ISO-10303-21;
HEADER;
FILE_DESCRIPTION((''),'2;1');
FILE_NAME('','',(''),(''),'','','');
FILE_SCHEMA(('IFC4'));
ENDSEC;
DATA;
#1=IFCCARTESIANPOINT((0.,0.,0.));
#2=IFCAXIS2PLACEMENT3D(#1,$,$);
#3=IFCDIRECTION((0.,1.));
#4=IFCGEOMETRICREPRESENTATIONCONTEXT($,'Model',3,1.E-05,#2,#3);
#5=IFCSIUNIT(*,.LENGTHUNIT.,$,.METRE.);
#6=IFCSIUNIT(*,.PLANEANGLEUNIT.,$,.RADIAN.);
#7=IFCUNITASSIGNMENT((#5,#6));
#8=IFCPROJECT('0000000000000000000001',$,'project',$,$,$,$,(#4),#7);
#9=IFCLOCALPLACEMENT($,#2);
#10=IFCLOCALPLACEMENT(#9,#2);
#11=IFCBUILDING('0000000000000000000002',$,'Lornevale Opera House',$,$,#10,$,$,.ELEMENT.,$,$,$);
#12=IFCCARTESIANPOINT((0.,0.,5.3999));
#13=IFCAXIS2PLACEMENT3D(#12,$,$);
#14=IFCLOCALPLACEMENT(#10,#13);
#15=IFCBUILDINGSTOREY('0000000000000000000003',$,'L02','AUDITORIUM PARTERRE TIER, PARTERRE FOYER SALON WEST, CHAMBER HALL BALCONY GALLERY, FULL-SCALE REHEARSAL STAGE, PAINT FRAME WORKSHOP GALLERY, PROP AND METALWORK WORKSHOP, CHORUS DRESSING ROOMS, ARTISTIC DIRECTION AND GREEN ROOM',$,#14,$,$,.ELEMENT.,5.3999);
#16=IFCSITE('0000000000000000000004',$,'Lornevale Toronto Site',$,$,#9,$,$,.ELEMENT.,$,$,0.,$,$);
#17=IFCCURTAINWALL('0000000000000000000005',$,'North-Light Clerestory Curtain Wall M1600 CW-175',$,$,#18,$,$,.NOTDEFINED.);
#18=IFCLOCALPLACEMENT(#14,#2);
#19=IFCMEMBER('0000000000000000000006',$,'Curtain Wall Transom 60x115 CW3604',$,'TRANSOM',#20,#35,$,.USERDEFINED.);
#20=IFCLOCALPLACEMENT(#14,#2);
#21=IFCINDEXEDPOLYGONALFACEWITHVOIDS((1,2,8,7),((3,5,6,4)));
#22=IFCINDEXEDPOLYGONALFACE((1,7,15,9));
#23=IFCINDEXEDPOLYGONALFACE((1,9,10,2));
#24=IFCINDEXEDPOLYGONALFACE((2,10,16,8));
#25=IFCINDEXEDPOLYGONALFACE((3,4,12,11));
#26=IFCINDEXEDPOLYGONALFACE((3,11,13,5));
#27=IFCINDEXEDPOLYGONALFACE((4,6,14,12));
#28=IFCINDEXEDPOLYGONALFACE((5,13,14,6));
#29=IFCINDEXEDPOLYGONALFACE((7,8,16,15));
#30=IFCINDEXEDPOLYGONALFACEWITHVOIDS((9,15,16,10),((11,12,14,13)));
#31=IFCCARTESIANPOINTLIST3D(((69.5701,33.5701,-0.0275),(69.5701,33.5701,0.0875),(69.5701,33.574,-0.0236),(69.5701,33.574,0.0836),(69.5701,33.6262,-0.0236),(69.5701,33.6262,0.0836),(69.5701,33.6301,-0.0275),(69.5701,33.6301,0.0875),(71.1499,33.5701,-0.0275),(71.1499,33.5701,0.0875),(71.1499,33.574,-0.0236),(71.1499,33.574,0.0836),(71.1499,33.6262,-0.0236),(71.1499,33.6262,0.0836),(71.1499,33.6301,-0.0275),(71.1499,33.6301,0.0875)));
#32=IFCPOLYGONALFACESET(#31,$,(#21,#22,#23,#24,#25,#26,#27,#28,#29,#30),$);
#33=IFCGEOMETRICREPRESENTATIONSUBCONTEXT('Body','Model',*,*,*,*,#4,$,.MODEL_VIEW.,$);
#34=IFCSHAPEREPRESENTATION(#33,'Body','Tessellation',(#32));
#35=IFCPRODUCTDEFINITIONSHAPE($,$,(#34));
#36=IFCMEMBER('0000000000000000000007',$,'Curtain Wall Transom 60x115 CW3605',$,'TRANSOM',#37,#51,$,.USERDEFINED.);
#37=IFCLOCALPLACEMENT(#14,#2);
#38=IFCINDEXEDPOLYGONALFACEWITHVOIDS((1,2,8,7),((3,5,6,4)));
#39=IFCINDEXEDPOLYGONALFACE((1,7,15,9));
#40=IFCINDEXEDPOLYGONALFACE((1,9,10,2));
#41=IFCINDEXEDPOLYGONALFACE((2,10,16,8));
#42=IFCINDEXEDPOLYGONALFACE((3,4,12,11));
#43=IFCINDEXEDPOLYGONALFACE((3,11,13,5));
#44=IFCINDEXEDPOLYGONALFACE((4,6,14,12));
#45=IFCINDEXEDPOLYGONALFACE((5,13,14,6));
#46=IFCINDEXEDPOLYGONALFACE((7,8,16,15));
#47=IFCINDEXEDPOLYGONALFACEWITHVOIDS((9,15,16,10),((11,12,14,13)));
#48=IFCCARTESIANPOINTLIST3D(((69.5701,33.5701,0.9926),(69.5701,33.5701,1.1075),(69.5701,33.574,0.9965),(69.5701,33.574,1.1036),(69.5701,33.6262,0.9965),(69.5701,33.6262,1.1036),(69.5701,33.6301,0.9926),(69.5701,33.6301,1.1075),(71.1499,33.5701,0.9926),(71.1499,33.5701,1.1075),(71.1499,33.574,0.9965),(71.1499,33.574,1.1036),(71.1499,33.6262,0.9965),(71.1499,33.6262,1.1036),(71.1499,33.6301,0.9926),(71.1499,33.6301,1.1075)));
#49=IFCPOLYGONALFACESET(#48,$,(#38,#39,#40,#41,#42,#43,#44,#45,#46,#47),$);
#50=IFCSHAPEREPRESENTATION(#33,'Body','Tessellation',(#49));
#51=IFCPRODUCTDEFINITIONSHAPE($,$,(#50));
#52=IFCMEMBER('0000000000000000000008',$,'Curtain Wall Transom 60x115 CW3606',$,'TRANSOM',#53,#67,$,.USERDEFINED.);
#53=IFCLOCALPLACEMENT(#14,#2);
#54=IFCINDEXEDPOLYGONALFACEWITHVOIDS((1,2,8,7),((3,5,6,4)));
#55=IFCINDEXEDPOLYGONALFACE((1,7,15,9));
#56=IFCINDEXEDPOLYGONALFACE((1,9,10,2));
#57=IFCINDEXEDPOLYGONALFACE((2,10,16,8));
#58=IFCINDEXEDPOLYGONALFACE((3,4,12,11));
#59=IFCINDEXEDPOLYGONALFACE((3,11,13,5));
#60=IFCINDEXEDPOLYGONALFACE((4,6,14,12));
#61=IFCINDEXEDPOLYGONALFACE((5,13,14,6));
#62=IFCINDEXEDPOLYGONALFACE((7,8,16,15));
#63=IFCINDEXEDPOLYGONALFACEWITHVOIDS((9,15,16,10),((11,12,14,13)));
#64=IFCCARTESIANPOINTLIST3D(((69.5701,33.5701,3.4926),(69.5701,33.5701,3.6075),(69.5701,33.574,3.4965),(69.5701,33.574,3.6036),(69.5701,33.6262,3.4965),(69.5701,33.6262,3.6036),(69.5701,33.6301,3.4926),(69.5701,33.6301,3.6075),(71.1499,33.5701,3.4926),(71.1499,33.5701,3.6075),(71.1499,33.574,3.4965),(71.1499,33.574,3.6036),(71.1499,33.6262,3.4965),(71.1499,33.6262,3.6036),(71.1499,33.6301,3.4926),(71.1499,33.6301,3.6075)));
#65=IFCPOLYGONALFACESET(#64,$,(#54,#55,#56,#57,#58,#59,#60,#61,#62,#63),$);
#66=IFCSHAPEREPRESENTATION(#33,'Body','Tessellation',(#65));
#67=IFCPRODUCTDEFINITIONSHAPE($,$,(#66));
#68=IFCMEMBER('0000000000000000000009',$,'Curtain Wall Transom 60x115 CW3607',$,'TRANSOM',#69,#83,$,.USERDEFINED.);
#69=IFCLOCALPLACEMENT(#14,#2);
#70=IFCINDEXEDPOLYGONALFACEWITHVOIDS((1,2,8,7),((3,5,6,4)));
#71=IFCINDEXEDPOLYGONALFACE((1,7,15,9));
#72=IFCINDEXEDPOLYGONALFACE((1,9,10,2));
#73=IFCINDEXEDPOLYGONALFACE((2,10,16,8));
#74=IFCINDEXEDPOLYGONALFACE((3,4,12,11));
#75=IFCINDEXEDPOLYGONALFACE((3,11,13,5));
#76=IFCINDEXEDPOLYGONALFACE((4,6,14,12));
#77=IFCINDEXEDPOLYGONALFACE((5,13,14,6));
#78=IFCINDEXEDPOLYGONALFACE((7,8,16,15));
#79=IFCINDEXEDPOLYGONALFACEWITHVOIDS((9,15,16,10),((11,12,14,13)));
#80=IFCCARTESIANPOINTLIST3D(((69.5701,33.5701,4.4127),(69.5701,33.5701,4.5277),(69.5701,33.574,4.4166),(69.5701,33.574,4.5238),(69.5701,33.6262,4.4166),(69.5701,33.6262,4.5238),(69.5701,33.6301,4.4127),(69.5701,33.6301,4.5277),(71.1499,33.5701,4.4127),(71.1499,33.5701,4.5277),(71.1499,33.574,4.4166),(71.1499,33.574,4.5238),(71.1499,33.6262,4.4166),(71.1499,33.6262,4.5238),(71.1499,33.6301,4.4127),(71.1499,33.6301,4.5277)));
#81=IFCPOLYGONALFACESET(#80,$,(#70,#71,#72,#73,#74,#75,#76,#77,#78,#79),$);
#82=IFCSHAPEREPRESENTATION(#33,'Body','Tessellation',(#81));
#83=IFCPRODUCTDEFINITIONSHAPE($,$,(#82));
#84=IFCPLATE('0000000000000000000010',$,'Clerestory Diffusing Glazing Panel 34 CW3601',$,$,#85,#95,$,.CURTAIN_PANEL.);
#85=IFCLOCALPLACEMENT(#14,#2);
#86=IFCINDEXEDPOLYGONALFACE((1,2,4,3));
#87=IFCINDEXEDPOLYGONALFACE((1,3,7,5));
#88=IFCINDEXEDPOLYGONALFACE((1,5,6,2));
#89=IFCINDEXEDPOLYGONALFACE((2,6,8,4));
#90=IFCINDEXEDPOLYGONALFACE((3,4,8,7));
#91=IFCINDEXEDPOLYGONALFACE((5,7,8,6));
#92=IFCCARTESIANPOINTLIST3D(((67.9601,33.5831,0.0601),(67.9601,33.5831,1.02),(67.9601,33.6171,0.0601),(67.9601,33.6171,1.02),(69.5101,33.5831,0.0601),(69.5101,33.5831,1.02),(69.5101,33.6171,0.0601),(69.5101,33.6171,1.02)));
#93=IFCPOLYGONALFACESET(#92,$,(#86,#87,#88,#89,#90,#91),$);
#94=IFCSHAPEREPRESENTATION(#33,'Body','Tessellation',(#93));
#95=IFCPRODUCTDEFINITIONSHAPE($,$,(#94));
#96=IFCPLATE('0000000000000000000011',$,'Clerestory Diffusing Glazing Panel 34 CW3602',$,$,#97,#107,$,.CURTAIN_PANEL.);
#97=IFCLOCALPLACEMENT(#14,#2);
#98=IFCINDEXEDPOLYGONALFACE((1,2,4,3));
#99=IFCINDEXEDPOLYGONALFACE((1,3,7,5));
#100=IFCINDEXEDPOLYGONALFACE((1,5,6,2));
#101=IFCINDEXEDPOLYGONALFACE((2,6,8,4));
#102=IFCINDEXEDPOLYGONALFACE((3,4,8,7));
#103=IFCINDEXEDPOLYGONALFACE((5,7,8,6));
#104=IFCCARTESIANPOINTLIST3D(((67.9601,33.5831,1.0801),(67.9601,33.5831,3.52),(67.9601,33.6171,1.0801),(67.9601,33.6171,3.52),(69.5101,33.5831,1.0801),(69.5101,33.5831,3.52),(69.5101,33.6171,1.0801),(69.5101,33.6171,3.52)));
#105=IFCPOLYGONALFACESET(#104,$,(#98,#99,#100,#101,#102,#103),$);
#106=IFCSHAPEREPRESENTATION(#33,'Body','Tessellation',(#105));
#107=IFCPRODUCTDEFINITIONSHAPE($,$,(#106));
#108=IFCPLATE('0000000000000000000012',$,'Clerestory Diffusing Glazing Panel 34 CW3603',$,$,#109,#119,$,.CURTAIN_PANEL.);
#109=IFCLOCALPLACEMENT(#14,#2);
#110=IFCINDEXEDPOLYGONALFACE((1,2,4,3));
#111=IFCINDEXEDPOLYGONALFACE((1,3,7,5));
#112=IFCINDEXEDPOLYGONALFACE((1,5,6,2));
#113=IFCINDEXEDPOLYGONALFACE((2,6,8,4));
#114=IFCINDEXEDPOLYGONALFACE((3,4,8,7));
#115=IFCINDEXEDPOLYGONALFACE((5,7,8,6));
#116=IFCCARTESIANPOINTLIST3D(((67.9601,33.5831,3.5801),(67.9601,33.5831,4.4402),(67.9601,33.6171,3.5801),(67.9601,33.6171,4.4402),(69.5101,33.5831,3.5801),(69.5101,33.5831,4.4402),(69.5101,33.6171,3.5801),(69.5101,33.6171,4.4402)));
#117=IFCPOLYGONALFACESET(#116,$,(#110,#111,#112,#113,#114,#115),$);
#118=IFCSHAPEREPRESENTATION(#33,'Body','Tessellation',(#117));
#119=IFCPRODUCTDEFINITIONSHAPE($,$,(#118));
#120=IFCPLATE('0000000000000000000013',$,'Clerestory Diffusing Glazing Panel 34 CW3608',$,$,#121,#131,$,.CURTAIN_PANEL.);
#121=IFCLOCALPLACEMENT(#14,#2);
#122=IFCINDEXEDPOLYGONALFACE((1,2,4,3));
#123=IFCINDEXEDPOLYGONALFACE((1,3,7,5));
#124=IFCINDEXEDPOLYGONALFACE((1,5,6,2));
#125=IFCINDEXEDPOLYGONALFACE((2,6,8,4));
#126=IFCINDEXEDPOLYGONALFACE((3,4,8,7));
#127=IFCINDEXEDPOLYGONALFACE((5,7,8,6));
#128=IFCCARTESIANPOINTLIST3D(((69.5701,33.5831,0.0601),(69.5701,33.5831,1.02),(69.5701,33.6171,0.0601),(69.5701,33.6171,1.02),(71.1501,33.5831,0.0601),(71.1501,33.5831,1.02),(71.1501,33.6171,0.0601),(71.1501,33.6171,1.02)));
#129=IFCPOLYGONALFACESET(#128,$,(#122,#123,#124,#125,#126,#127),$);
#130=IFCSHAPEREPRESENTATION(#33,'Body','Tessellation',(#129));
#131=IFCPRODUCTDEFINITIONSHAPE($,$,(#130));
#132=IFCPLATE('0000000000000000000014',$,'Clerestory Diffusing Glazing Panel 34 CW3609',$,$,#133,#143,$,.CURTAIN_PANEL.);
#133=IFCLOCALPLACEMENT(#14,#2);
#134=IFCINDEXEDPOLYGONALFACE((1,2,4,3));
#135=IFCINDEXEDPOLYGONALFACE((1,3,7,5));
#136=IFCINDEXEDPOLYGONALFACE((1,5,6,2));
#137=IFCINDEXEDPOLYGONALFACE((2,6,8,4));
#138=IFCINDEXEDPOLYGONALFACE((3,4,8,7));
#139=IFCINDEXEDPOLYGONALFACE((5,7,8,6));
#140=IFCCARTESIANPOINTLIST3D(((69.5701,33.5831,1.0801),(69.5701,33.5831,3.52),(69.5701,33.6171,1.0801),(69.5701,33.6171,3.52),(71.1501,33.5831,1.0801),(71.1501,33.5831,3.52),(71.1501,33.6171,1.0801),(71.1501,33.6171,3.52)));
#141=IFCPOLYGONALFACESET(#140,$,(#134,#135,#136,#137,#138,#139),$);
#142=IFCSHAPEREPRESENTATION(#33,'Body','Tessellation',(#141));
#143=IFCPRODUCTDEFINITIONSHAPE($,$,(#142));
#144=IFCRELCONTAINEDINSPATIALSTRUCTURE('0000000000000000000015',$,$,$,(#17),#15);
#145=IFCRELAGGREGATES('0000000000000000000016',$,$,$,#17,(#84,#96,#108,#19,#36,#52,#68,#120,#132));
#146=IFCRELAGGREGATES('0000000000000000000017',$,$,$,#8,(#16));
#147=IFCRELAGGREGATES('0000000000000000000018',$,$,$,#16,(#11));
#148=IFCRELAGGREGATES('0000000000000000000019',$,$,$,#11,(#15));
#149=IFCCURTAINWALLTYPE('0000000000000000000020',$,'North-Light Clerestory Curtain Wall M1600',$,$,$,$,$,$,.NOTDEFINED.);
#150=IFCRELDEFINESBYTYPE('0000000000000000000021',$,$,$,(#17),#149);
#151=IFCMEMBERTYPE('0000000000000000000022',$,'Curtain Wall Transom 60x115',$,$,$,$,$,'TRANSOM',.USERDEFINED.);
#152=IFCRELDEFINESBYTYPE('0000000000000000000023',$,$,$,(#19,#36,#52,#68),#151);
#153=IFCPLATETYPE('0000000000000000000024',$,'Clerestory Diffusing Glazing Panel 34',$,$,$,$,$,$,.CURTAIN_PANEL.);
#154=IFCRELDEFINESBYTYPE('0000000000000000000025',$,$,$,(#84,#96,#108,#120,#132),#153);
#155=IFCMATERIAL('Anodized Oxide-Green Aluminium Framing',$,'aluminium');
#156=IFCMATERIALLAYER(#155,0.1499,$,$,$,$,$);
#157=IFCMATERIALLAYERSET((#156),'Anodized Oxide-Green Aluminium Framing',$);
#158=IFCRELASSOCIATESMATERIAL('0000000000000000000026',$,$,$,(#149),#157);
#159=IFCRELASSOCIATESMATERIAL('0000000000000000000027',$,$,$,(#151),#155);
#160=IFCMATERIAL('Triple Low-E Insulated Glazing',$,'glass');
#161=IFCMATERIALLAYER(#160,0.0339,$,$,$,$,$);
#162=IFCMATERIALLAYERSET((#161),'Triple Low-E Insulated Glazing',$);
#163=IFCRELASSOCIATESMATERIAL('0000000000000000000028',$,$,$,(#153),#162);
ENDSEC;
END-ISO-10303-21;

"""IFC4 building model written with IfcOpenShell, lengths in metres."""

from ifc_helpers import new_model, si_unit, direction, frame, origin, origin_2d, place, context, subcontext, project, spatial, rectangle, hollow_rectangle, extrude, material, layer, layer_set, material_profile, profile_set, type_object, element, aggregate, save


model = new_model("IFC4")

# Units and contexts
model_context = context("Model", 3, precision=1e-05, world=origin(), true_north=direction((0.0, 1.0)))
body_context = subcontext(model_context, "Body", "Model", "MODEL_VIEW")
ifc_project = project(units=[si_unit("LENGTHUNIT", "METRE"), si_unit("PLANEANGLEUNIT", "RADIAN")], contexts=[model_context])

# Site, building, storey
site_placement = place(None, origin())
site = spatial("IfcSite", under=ifc_project, at=site_placement, Name="Lornevale Toronto Site", CompositionType="ELEMENT", RefElevation=0.0)
building_placement = place(site_placement, origin())
building = spatial("IfcBuilding", under=site, at=building_placement, Name="Lornevale Opera House", CompositionType="ELEMENT")
storey_placement = place(building_placement, frame((0.0, 0.0, 5.3999)))
storey = spatial("IfcBuildingStorey", under=building, at=storey_placement, Name="L02", Description="AUDITORIUM PARTERRE TIER, PARTERRE FOYER SALON WEST, CHAMBER HALL BALCONY GALLERY, FULL-SCALE REHEARSAL STAGE, PAINT FRAME WORKSHOP GALLERY, PROP AND METALWORK WORKSHOP, CHORUS DRESSING ROOMS, ARTISTIC DIRECTION AND GREEN ROOM", CompositionType="ELEMENT", Elevation=5.3999)

# Shared definitions
ifc_material_1 = material(Name="Anodized Oxide-Green Aluminium Framing", Category="aluminium")
ifc_layer_1 = layer(ifc_material_1, 0.1499)
ifc_layer_set_1 = layer_set([ifc_layer_1], Name="Anodized Oxide-Green Aluminium Framing")
curtain_wall_type = type_object("IfcCurtainWallType", Name="North-Light Clerestory Curtain Wall M1600", PredefinedType="NOTDEFINED", material=ifc_layer_set_1)

# Curtain wall, members, plates
curtain_wall_1_placement = place(storey_placement, origin())
curtain_wall_1 = element("IfcCurtainWall", 1, at=curtain_wall_1_placement, inside=storey, type_object=curtain_wall_type, Name="North-Light Clerestory Curtain Wall M1600 CW-175", PredefinedType="NOTDEFINED")
ifc_material_profile_1 = material_profile(ifc_material_1, hollow_rectangle(XDim=0.0601, YDim=0.115, WallThickness=0.0039, at=origin_2d()), Name="ALU60x115x4")
ifc_profile_set_1 = profile_set([ifc_material_profile_1], Name="Anodized Oxide-Green Aluminium Framing")
member_type_1 = type_object("IfcMemberType", Name="Curtain Wall Transom 60x115", ElementType="TRANSOM", PredefinedType="USERDEFINED", material=ifc_profile_set_1)
member_1_placement = place(storey_placement, frame((69.5701, 33.6001, 0.03), z_axis=(1.0, 0.0, 0.0), x_axis=(0.0, 1.0, 0.0)))
member_1 = element("IfcMember", 2, at=member_1_placement, type_object=member_type_1, Name="Curtain Wall Transom 60x115 CW3604", ObjectType="TRANSOM", PredefinedType="USERDEFINED", context=body_context, shape_type="SweptSolid", body=[
    extrude(hollow_rectangle(XDim=0.0601, YDim=0.115, WallThickness=0.0039, at=origin_2d()), origin(), (0.0, 0.0, 1.0), 1.5798),
])
member_2_placement = place(storey_placement, frame((69.5701, 33.6001, 1.05), z_axis=(1.0, 0.0, 0.0), x_axis=(0.0, 1.0, 0.0)))
member_2 = element("IfcMember", 3, at=member_2_placement, type_object=member_type_1, Name="Curtain Wall Transom 60x115 CW3605", ObjectType="TRANSOM", PredefinedType="USERDEFINED", context=body_context, shape_type="SweptSolid", body=[
    extrude(hollow_rectangle(XDim=0.0601, YDim=0.115, WallThickness=0.0039, at=origin_2d()), origin(), (0.0, 0.0, 1.0), 1.5798),
])
member_3_placement = place(storey_placement, frame((69.5701, 33.6001, 3.55), z_axis=(1.0, 0.0, 0.0), x_axis=(0.0, 1.0, 0.0)))
member_3 = element("IfcMember", 4, at=member_3_placement, type_object=member_type_1, Name="Curtain Wall Transom 60x115 CW3606", ObjectType="TRANSOM", PredefinedType="USERDEFINED", context=body_context, shape_type="SweptSolid", body=[
    extrude(hollow_rectangle(XDim=0.0601, YDim=0.115, WallThickness=0.0039, at=origin_2d()), origin(), (0.0, 0.0, 1.0), 1.5798),
])
member_4_placement = place(storey_placement, frame((69.5701, 33.6001, 4.4702), z_axis=(1.0, 0.0, 0.0), x_axis=(0.0, 1.0, 0.0)))
member_4 = element("IfcMember", 5, at=member_4_placement, type_object=member_type_1, Name="Curtain Wall Transom 60x115 CW3607", ObjectType="TRANSOM", PredefinedType="USERDEFINED", context=body_context, shape_type="SweptSolid", body=[
    extrude(hollow_rectangle(XDim=0.0601, YDim=0.115, WallThickness=0.0039, at=origin_2d()), origin(), (0.0, 0.0, 1.0), 1.5798),
])
ifc_material_2 = material(Name="Triple Low-E Insulated Glazing", Category="glass")
ifc_layer_2 = layer(ifc_material_2, 0.0339)
ifc_layer_set_2 = layer_set([ifc_layer_2], Name="Triple Low-E Insulated Glazing")
plate_type = type_object("IfcPlateType", Name="Clerestory Diffusing Glazing Panel 34", PredefinedType="CURTAIN_PANEL", material=ifc_layer_set_2)
plate_1_placement = place(storey_placement, frame((68.7351, 33.6001, 0.0601), z_axis=(0.0, 0.0, 1.0), x_axis=(1.0, 0.0, 0.0)))
plate_1 = element("IfcPlate", 6, at=plate_1_placement, type_object=plate_type, Name="Clerestory Diffusing Glazing Panel 34 CW3601", PredefinedType="CURTAIN_PANEL", context=body_context, shape_type="SweptSolid", body=[
    extrude(rectangle(XDim=1.55, YDim=0.0339, at=origin_2d()), origin(), (0.0, 0.0, 1.0), 0.96),
])
plate_2_placement = place(storey_placement, frame((68.7351, 33.6001, 1.0801), z_axis=(0.0, 0.0, 1.0), x_axis=(1.0, 0.0, 0.0)))
plate_2 = element("IfcPlate", 7, at=plate_2_placement, type_object=plate_type, Name="Clerestory Diffusing Glazing Panel 34 CW3602", PredefinedType="CURTAIN_PANEL", context=body_context, shape_type="SweptSolid", body=[
    extrude(rectangle(XDim=1.55, YDim=0.0339, at=origin_2d()), origin(), (0.0, 0.0, 1.0), 2.4399),
])
plate_3_placement = place(storey_placement, frame((68.7351, 33.6001, 3.5801), z_axis=(0.0, 0.0, 1.0), x_axis=(1.0, 0.0, 0.0)))
plate_3 = element("IfcPlate", 8, at=plate_3_placement, type_object=plate_type, Name="Clerestory Diffusing Glazing Panel 34 CW3603", PredefinedType="CURTAIN_PANEL", context=body_context, shape_type="SweptSolid", body=[
    extrude(rectangle(XDim=1.55, YDim=0.0339, at=origin_2d()), origin(), (0.0, 0.0, 1.0), 0.8601),
])
plate_4_placement = place(storey_placement, frame((70.3601, 33.6001, 0.0601), z_axis=(0.0, 0.0, 1.0), x_axis=(1.0, 0.0, 0.0)))
plate_4 = element("IfcPlate", 9, at=plate_4_placement, type_object=plate_type, Name="Clerestory Diffusing Glazing Panel 34 CW3608", PredefinedType="CURTAIN_PANEL", context=body_context, shape_type="SweptSolid", body=[
    extrude(rectangle(XDim=1.5801, YDim=0.0339, at=origin_2d()), origin(), (0.0, 0.0, 1.0), 0.96),
])
plate_5_placement = place(storey_placement, frame((70.3601, 33.6001, 1.0801), z_axis=(0.0, 0.0, 1.0), x_axis=(1.0, 0.0, 0.0)))
plate_5 = element("IfcPlate", 10, at=plate_5_placement, type_object=plate_type, Name="Clerestory Diffusing Glazing Panel 34 CW3609", PredefinedType="CURTAIN_PANEL", context=body_context, shape_type="SweptSolid", body=[
    extrude(rectangle(XDim=1.5801, YDim=0.0339, at=origin_2d()), origin(), (0.0, 0.0, 1.0), 2.4399),
])
aggregate(curtain_wall_1, [plate_1, plate_2, plate_3, member_1, member_2, member_3, member_4, plate_4, plate_5])

save(model, "model.ifc")
